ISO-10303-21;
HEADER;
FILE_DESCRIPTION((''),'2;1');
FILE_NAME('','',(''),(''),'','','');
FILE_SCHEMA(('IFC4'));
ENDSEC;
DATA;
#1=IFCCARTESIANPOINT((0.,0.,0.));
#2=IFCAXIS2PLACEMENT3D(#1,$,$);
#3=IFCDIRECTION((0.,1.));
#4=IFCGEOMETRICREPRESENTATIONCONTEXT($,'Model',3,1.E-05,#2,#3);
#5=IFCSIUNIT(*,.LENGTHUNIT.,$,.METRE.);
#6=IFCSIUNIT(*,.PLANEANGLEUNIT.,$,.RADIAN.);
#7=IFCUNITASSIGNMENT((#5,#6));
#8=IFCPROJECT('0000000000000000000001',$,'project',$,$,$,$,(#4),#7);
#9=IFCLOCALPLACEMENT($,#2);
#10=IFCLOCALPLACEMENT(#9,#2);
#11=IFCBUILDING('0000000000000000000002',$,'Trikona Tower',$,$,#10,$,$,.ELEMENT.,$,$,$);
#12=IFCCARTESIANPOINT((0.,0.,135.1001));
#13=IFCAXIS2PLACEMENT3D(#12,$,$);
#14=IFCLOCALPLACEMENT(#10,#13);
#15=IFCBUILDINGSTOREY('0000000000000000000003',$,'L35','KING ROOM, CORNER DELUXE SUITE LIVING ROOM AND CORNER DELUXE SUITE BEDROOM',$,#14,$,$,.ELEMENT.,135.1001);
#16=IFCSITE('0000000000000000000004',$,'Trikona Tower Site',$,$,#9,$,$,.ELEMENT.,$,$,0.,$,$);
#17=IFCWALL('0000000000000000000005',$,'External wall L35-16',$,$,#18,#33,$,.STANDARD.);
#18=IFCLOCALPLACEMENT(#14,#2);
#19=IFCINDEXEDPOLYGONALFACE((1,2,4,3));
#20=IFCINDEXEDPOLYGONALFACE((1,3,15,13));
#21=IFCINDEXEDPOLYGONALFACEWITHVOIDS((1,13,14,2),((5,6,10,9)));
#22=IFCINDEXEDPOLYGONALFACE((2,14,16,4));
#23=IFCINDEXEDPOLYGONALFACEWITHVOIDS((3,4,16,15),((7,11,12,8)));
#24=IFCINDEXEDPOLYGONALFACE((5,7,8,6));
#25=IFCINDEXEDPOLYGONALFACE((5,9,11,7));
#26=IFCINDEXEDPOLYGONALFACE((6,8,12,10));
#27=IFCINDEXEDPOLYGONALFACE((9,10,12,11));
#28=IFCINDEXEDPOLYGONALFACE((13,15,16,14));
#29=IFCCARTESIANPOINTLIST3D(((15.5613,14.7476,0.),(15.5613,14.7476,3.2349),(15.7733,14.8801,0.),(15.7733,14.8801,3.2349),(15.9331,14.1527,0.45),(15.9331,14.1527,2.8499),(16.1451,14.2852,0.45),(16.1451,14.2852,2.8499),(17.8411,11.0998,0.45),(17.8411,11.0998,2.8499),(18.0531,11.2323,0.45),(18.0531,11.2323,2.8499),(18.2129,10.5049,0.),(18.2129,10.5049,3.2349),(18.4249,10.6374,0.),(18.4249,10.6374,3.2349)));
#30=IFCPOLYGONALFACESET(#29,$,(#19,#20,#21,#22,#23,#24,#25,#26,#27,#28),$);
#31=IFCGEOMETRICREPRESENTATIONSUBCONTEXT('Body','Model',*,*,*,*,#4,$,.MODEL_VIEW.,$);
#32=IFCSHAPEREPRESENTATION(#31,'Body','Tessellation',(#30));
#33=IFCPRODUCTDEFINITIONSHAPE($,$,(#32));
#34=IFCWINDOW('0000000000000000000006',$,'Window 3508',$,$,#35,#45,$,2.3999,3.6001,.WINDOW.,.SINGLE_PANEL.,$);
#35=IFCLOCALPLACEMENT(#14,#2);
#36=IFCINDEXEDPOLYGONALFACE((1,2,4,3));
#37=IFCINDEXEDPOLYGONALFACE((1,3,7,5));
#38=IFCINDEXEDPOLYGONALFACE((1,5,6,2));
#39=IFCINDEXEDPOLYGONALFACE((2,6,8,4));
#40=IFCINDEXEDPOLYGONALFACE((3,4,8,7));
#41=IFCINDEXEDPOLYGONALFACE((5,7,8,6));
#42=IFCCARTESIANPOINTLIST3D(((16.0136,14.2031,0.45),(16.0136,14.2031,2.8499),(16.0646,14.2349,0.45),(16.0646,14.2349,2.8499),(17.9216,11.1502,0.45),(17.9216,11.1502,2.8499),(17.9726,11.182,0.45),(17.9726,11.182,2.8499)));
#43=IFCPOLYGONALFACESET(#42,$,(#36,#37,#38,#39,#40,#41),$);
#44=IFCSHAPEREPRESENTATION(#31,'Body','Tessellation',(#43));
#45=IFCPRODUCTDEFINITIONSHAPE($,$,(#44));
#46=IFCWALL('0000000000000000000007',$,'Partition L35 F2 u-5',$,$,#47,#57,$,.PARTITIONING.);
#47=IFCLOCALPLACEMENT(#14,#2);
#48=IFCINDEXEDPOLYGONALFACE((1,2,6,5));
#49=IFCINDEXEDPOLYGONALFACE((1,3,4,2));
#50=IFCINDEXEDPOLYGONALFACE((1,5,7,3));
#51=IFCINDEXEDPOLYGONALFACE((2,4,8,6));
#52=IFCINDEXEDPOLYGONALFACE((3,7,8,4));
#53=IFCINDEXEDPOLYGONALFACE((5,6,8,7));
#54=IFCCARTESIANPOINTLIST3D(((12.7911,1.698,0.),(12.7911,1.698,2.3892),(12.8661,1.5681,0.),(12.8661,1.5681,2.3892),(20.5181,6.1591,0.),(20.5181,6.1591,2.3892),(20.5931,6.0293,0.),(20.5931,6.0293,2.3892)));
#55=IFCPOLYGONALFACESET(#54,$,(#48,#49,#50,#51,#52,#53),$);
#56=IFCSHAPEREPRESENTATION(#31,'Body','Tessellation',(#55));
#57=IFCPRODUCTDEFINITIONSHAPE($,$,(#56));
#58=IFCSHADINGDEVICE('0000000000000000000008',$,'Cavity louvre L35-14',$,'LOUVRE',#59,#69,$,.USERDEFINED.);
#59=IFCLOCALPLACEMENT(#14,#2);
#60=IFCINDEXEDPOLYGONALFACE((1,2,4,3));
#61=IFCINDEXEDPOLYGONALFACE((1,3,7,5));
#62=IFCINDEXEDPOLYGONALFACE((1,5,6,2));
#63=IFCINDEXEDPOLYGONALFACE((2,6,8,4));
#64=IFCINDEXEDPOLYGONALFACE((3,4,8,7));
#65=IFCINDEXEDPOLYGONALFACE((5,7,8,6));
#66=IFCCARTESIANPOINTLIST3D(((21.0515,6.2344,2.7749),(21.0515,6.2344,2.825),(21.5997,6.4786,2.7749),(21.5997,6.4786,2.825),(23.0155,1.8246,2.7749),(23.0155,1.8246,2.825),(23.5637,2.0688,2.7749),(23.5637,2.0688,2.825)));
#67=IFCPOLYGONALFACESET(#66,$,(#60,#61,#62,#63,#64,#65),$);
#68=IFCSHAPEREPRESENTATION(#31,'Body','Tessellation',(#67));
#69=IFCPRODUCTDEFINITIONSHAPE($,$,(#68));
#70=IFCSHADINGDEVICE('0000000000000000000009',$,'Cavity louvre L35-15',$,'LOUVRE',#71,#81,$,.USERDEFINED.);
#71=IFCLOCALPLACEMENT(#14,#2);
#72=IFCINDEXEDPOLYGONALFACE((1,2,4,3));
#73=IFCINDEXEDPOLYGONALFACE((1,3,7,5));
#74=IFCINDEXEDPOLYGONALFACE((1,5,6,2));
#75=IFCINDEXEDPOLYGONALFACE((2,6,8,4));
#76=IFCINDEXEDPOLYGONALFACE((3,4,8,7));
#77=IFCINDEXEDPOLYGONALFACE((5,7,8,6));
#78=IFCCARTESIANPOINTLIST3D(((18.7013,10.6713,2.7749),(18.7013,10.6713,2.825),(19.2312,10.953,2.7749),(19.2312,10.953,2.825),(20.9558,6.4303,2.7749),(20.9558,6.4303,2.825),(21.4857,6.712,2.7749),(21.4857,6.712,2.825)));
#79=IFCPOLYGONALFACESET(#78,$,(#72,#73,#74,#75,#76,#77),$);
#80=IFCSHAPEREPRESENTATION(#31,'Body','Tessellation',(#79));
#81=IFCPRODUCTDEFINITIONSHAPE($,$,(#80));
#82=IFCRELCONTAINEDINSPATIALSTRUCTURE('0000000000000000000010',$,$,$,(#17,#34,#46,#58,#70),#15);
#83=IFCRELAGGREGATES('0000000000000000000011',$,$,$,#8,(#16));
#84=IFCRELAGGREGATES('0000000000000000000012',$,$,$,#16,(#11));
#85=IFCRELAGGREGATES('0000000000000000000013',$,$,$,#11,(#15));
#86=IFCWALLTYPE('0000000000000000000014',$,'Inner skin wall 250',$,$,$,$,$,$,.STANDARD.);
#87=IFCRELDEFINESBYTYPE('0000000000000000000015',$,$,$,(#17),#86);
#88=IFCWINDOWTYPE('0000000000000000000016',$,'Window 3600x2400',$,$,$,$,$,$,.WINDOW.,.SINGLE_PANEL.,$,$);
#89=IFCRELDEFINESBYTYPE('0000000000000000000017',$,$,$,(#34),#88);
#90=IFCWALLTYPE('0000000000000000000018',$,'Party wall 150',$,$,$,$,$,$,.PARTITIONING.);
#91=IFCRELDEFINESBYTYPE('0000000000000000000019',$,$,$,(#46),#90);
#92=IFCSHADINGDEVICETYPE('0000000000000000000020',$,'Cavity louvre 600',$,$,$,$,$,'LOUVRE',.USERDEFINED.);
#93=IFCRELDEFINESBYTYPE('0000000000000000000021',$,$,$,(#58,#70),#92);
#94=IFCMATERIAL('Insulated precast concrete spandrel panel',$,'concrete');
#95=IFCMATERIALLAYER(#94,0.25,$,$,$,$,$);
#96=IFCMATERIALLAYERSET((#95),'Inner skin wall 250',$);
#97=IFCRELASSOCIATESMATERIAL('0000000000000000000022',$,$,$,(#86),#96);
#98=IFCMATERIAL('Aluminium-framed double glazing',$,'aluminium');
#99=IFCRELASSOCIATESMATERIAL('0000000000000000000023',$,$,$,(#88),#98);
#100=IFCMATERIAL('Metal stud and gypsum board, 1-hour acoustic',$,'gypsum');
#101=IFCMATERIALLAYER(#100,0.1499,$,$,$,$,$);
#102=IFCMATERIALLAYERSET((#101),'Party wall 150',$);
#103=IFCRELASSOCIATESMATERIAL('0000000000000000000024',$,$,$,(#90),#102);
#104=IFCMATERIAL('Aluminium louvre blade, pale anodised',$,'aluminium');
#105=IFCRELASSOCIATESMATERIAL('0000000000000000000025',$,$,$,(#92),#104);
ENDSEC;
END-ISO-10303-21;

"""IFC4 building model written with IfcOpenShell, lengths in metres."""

from ifc_helpers import new_model, si_unit, direction, frame, frame_2d, origin, origin_2d, place, context, subcontext, project, spatial, rectangle, extrude, material, layer, layer_set, type_object, element, fill, save


model = new_model("IFC4")

# Units and contexts
model_context = context("Model", 3, precision=1e-05, world=origin(), true_north=direction((0.0, 1.0)))
body_context = subcontext(model_context, "Body", "Model", "MODEL_VIEW")
ifc_project = project(units=[si_unit("LENGTHUNIT", "METRE"), si_unit("PLANEANGLEUNIT", "RADIAN")], contexts=[model_context])

# Site, building, storey
site_placement = place(None, origin())
site = spatial("IfcSite", under=ifc_project, at=site_placement, Name="Trikona Tower Site", CompositionType="ELEMENT", RefElevation=0.0)
building_placement = place(site_placement, origin())
building = spatial("IfcBuilding", under=site, at=building_placement, Name="Trikona Tower", CompositionType="ELEMENT")
storey_placement = place(building_placement, frame((0.0, 0.0, 135.1001)))
storey = spatial("IfcBuildingStorey", under=building, at=storey_placement, Name="L35", Description="KING ROOM, CORNER DELUXE SUITE LIVING ROOM AND CORNER DELUXE SUITE BEDROOM", CompositionType="ELEMENT", Elevation=135.1001)

# Wall, opening, window
ifc_material_1 = material(Name="Insulated precast concrete spandrel panel", Category="concrete")
ifc_layer_1 = layer(ifc_material_1, 0.25)
ifc_layer_set_1 = layer_set([ifc_layer_1], Name="Inner skin wall 250")
wall_type_1 = type_object("IfcWallType", Name="Inner skin wall 250", PredefinedType="STANDARD", material=ifc_layer_set_1)
ifc_material_2 = material(Name="Aluminium-framed double glazing", Category="aluminium")
window_type = type_object("IfcWindowType", Name="Window 3600x2400", PartitioningType="SINGLE_PANEL", PredefinedType="WINDOW", material=ifc_material_2)
wall_1_placement = place(storey_placement, frame((18.3188, 10.5713, 0.0), z_axis=(0.0, 0.0, 1.0), x_axis=(-0.52999, 0.848004, 0.0)))
wall_1 = element("IfcWall", 1, at=wall_1_placement, inside=storey, type_object=wall_type_1, Name="External wall L35-16", PredefinedType="STANDARD", context=body_context, shape_type="SweptSolid", body=[
    extrude(rectangle(XDim=5.0032, YDim=0.25, at=frame_2d((2.5015, 0.0))), origin(), (0.0, 0.0, 1.0), 3.2349),
])
opening_1_placement = place(wall_1_placement, frame((0.7014, 0.0, 0.45)))
opening_1 = element("IfcOpeningElement", 2, at=opening_1_placement, cuts=wall_1, PredefinedType="OPENING", context=body_context, shape_type="SweptSolid", body=[
    extrude(rectangle(XDim=3.6001, YDim=2.3999, at=frame_2d((1.8, 1.2))), frame((0.0, 0.135, 0.0), z_axis=(0.0, -1.0, 0.0), x_axis=(1.0, 0.0, 0.0)), (0.0, 0.0, 1.0), 0.27),
])
window_1_placement = place(opening_1_placement, origin())
window_1 = element("IfcWindow", 3, at=window_1_placement, inside=storey, type_object=window_type, Name="Window 3508", OverallHeight=2.3999, OverallWidth=3.6001, PartitioningType="SINGLE_PANEL", PredefinedType="WINDOW", context=body_context, shape_type="SweptSolid", body=[
    extrude(rectangle(XDim=3.6001, YDim=2.3999, at=frame_2d((1.8, 1.2))), frame((0.0, 0.03, 0.0), z_axis=(0.0, -1.0, 0.0), x_axis=(1.0, 0.0, 0.0)), (0.0, 0.0, 1.0), 0.0601),
])
fill(opening_1, window_1)

# Wall
ifc_material_3 = material(Name="Metal stud and gypsum board, 1-hour acoustic", Category="gypsum")
ifc_layer_2 = layer(ifc_material_3, 0.1499)
ifc_layer_set_2 = layer_set([ifc_layer_2], Name="Party wall 150")
wall_type_2 = type_object("IfcWallType", Name="Party wall 150", PredefinedType="PARTITIONING", material=ifc_layer_set_2)
wall_2_placement = place(storey_placement, frame((12.8286, 1.6331, 0.0), z_axis=(0.0, 0.0, 1.0), x_axis=(0.866027, 0.499997, 0.0)))
element("IfcWall", 4, at=wall_2_placement, inside=storey, type_object=wall_type_2, Name="Partition L35 F2 u-5", PredefinedType="PARTITIONING", context=body_context, shape_type="SweptSolid", body=[
    extrude(rectangle(XDim=8.9224, YDim=0.1499, at=frame_2d((4.4612, 0.0))), origin(), (0.0, 0.0, 1.0), 2.3892),
])

# Shading devices
ifc_material_4 = material(Name="Aluminium louvre blade, pale anodised", Category="aluminium")
shading_device_type = type_object("IfcShadingDeviceType", Name="Cavity louvre 600", ElementType="LOUVRE", PredefinedType="USERDEFINED", material=ifc_material_4)
shading_device_1_placement = place(storey_placement, frame((22.3076, 4.1516, 2.7749), z_axis=(0.0, 0.0, 1.0), x_axis=(-0.406843, 0.913498, 0.0)))
element("IfcShadingDevice", 5, at=shading_device_1_placement, inside=storey, type_object=shading_device_type, Name="Cavity louvre L35-14", ObjectType="LOUVRE", PredefinedType="USERDEFINED", context=body_context, shape_type="SweptSolid", body=[
    extrude(rectangle(XDim=4.8274, YDim=0.6001, at=origin_2d()), origin(), (0.0, 0.0, 1.0), 0.05),
])
shading_device_2_placement = place(storey_placement, frame((20.0935, 8.6917, 2.7749), z_axis=(0.0, 0.0, 1.0), x_axis=(-0.469398, 0.882987, 0.0)))
element("IfcShadingDevice", 6, at=shading_device_2_placement, inside=storey, type_object=shading_device_type, Name="Cavity louvre L35-15", ObjectType="LOUVRE", PredefinedType="USERDEFINED", context=body_context, shape_type="SweptSolid", body=[
    extrude(rectangle(XDim=4.803, YDim=0.6001, at=origin_2d()), origin(), (0.0, 0.0, 1.0), 0.05),
])

save(model, "model.ifc")
